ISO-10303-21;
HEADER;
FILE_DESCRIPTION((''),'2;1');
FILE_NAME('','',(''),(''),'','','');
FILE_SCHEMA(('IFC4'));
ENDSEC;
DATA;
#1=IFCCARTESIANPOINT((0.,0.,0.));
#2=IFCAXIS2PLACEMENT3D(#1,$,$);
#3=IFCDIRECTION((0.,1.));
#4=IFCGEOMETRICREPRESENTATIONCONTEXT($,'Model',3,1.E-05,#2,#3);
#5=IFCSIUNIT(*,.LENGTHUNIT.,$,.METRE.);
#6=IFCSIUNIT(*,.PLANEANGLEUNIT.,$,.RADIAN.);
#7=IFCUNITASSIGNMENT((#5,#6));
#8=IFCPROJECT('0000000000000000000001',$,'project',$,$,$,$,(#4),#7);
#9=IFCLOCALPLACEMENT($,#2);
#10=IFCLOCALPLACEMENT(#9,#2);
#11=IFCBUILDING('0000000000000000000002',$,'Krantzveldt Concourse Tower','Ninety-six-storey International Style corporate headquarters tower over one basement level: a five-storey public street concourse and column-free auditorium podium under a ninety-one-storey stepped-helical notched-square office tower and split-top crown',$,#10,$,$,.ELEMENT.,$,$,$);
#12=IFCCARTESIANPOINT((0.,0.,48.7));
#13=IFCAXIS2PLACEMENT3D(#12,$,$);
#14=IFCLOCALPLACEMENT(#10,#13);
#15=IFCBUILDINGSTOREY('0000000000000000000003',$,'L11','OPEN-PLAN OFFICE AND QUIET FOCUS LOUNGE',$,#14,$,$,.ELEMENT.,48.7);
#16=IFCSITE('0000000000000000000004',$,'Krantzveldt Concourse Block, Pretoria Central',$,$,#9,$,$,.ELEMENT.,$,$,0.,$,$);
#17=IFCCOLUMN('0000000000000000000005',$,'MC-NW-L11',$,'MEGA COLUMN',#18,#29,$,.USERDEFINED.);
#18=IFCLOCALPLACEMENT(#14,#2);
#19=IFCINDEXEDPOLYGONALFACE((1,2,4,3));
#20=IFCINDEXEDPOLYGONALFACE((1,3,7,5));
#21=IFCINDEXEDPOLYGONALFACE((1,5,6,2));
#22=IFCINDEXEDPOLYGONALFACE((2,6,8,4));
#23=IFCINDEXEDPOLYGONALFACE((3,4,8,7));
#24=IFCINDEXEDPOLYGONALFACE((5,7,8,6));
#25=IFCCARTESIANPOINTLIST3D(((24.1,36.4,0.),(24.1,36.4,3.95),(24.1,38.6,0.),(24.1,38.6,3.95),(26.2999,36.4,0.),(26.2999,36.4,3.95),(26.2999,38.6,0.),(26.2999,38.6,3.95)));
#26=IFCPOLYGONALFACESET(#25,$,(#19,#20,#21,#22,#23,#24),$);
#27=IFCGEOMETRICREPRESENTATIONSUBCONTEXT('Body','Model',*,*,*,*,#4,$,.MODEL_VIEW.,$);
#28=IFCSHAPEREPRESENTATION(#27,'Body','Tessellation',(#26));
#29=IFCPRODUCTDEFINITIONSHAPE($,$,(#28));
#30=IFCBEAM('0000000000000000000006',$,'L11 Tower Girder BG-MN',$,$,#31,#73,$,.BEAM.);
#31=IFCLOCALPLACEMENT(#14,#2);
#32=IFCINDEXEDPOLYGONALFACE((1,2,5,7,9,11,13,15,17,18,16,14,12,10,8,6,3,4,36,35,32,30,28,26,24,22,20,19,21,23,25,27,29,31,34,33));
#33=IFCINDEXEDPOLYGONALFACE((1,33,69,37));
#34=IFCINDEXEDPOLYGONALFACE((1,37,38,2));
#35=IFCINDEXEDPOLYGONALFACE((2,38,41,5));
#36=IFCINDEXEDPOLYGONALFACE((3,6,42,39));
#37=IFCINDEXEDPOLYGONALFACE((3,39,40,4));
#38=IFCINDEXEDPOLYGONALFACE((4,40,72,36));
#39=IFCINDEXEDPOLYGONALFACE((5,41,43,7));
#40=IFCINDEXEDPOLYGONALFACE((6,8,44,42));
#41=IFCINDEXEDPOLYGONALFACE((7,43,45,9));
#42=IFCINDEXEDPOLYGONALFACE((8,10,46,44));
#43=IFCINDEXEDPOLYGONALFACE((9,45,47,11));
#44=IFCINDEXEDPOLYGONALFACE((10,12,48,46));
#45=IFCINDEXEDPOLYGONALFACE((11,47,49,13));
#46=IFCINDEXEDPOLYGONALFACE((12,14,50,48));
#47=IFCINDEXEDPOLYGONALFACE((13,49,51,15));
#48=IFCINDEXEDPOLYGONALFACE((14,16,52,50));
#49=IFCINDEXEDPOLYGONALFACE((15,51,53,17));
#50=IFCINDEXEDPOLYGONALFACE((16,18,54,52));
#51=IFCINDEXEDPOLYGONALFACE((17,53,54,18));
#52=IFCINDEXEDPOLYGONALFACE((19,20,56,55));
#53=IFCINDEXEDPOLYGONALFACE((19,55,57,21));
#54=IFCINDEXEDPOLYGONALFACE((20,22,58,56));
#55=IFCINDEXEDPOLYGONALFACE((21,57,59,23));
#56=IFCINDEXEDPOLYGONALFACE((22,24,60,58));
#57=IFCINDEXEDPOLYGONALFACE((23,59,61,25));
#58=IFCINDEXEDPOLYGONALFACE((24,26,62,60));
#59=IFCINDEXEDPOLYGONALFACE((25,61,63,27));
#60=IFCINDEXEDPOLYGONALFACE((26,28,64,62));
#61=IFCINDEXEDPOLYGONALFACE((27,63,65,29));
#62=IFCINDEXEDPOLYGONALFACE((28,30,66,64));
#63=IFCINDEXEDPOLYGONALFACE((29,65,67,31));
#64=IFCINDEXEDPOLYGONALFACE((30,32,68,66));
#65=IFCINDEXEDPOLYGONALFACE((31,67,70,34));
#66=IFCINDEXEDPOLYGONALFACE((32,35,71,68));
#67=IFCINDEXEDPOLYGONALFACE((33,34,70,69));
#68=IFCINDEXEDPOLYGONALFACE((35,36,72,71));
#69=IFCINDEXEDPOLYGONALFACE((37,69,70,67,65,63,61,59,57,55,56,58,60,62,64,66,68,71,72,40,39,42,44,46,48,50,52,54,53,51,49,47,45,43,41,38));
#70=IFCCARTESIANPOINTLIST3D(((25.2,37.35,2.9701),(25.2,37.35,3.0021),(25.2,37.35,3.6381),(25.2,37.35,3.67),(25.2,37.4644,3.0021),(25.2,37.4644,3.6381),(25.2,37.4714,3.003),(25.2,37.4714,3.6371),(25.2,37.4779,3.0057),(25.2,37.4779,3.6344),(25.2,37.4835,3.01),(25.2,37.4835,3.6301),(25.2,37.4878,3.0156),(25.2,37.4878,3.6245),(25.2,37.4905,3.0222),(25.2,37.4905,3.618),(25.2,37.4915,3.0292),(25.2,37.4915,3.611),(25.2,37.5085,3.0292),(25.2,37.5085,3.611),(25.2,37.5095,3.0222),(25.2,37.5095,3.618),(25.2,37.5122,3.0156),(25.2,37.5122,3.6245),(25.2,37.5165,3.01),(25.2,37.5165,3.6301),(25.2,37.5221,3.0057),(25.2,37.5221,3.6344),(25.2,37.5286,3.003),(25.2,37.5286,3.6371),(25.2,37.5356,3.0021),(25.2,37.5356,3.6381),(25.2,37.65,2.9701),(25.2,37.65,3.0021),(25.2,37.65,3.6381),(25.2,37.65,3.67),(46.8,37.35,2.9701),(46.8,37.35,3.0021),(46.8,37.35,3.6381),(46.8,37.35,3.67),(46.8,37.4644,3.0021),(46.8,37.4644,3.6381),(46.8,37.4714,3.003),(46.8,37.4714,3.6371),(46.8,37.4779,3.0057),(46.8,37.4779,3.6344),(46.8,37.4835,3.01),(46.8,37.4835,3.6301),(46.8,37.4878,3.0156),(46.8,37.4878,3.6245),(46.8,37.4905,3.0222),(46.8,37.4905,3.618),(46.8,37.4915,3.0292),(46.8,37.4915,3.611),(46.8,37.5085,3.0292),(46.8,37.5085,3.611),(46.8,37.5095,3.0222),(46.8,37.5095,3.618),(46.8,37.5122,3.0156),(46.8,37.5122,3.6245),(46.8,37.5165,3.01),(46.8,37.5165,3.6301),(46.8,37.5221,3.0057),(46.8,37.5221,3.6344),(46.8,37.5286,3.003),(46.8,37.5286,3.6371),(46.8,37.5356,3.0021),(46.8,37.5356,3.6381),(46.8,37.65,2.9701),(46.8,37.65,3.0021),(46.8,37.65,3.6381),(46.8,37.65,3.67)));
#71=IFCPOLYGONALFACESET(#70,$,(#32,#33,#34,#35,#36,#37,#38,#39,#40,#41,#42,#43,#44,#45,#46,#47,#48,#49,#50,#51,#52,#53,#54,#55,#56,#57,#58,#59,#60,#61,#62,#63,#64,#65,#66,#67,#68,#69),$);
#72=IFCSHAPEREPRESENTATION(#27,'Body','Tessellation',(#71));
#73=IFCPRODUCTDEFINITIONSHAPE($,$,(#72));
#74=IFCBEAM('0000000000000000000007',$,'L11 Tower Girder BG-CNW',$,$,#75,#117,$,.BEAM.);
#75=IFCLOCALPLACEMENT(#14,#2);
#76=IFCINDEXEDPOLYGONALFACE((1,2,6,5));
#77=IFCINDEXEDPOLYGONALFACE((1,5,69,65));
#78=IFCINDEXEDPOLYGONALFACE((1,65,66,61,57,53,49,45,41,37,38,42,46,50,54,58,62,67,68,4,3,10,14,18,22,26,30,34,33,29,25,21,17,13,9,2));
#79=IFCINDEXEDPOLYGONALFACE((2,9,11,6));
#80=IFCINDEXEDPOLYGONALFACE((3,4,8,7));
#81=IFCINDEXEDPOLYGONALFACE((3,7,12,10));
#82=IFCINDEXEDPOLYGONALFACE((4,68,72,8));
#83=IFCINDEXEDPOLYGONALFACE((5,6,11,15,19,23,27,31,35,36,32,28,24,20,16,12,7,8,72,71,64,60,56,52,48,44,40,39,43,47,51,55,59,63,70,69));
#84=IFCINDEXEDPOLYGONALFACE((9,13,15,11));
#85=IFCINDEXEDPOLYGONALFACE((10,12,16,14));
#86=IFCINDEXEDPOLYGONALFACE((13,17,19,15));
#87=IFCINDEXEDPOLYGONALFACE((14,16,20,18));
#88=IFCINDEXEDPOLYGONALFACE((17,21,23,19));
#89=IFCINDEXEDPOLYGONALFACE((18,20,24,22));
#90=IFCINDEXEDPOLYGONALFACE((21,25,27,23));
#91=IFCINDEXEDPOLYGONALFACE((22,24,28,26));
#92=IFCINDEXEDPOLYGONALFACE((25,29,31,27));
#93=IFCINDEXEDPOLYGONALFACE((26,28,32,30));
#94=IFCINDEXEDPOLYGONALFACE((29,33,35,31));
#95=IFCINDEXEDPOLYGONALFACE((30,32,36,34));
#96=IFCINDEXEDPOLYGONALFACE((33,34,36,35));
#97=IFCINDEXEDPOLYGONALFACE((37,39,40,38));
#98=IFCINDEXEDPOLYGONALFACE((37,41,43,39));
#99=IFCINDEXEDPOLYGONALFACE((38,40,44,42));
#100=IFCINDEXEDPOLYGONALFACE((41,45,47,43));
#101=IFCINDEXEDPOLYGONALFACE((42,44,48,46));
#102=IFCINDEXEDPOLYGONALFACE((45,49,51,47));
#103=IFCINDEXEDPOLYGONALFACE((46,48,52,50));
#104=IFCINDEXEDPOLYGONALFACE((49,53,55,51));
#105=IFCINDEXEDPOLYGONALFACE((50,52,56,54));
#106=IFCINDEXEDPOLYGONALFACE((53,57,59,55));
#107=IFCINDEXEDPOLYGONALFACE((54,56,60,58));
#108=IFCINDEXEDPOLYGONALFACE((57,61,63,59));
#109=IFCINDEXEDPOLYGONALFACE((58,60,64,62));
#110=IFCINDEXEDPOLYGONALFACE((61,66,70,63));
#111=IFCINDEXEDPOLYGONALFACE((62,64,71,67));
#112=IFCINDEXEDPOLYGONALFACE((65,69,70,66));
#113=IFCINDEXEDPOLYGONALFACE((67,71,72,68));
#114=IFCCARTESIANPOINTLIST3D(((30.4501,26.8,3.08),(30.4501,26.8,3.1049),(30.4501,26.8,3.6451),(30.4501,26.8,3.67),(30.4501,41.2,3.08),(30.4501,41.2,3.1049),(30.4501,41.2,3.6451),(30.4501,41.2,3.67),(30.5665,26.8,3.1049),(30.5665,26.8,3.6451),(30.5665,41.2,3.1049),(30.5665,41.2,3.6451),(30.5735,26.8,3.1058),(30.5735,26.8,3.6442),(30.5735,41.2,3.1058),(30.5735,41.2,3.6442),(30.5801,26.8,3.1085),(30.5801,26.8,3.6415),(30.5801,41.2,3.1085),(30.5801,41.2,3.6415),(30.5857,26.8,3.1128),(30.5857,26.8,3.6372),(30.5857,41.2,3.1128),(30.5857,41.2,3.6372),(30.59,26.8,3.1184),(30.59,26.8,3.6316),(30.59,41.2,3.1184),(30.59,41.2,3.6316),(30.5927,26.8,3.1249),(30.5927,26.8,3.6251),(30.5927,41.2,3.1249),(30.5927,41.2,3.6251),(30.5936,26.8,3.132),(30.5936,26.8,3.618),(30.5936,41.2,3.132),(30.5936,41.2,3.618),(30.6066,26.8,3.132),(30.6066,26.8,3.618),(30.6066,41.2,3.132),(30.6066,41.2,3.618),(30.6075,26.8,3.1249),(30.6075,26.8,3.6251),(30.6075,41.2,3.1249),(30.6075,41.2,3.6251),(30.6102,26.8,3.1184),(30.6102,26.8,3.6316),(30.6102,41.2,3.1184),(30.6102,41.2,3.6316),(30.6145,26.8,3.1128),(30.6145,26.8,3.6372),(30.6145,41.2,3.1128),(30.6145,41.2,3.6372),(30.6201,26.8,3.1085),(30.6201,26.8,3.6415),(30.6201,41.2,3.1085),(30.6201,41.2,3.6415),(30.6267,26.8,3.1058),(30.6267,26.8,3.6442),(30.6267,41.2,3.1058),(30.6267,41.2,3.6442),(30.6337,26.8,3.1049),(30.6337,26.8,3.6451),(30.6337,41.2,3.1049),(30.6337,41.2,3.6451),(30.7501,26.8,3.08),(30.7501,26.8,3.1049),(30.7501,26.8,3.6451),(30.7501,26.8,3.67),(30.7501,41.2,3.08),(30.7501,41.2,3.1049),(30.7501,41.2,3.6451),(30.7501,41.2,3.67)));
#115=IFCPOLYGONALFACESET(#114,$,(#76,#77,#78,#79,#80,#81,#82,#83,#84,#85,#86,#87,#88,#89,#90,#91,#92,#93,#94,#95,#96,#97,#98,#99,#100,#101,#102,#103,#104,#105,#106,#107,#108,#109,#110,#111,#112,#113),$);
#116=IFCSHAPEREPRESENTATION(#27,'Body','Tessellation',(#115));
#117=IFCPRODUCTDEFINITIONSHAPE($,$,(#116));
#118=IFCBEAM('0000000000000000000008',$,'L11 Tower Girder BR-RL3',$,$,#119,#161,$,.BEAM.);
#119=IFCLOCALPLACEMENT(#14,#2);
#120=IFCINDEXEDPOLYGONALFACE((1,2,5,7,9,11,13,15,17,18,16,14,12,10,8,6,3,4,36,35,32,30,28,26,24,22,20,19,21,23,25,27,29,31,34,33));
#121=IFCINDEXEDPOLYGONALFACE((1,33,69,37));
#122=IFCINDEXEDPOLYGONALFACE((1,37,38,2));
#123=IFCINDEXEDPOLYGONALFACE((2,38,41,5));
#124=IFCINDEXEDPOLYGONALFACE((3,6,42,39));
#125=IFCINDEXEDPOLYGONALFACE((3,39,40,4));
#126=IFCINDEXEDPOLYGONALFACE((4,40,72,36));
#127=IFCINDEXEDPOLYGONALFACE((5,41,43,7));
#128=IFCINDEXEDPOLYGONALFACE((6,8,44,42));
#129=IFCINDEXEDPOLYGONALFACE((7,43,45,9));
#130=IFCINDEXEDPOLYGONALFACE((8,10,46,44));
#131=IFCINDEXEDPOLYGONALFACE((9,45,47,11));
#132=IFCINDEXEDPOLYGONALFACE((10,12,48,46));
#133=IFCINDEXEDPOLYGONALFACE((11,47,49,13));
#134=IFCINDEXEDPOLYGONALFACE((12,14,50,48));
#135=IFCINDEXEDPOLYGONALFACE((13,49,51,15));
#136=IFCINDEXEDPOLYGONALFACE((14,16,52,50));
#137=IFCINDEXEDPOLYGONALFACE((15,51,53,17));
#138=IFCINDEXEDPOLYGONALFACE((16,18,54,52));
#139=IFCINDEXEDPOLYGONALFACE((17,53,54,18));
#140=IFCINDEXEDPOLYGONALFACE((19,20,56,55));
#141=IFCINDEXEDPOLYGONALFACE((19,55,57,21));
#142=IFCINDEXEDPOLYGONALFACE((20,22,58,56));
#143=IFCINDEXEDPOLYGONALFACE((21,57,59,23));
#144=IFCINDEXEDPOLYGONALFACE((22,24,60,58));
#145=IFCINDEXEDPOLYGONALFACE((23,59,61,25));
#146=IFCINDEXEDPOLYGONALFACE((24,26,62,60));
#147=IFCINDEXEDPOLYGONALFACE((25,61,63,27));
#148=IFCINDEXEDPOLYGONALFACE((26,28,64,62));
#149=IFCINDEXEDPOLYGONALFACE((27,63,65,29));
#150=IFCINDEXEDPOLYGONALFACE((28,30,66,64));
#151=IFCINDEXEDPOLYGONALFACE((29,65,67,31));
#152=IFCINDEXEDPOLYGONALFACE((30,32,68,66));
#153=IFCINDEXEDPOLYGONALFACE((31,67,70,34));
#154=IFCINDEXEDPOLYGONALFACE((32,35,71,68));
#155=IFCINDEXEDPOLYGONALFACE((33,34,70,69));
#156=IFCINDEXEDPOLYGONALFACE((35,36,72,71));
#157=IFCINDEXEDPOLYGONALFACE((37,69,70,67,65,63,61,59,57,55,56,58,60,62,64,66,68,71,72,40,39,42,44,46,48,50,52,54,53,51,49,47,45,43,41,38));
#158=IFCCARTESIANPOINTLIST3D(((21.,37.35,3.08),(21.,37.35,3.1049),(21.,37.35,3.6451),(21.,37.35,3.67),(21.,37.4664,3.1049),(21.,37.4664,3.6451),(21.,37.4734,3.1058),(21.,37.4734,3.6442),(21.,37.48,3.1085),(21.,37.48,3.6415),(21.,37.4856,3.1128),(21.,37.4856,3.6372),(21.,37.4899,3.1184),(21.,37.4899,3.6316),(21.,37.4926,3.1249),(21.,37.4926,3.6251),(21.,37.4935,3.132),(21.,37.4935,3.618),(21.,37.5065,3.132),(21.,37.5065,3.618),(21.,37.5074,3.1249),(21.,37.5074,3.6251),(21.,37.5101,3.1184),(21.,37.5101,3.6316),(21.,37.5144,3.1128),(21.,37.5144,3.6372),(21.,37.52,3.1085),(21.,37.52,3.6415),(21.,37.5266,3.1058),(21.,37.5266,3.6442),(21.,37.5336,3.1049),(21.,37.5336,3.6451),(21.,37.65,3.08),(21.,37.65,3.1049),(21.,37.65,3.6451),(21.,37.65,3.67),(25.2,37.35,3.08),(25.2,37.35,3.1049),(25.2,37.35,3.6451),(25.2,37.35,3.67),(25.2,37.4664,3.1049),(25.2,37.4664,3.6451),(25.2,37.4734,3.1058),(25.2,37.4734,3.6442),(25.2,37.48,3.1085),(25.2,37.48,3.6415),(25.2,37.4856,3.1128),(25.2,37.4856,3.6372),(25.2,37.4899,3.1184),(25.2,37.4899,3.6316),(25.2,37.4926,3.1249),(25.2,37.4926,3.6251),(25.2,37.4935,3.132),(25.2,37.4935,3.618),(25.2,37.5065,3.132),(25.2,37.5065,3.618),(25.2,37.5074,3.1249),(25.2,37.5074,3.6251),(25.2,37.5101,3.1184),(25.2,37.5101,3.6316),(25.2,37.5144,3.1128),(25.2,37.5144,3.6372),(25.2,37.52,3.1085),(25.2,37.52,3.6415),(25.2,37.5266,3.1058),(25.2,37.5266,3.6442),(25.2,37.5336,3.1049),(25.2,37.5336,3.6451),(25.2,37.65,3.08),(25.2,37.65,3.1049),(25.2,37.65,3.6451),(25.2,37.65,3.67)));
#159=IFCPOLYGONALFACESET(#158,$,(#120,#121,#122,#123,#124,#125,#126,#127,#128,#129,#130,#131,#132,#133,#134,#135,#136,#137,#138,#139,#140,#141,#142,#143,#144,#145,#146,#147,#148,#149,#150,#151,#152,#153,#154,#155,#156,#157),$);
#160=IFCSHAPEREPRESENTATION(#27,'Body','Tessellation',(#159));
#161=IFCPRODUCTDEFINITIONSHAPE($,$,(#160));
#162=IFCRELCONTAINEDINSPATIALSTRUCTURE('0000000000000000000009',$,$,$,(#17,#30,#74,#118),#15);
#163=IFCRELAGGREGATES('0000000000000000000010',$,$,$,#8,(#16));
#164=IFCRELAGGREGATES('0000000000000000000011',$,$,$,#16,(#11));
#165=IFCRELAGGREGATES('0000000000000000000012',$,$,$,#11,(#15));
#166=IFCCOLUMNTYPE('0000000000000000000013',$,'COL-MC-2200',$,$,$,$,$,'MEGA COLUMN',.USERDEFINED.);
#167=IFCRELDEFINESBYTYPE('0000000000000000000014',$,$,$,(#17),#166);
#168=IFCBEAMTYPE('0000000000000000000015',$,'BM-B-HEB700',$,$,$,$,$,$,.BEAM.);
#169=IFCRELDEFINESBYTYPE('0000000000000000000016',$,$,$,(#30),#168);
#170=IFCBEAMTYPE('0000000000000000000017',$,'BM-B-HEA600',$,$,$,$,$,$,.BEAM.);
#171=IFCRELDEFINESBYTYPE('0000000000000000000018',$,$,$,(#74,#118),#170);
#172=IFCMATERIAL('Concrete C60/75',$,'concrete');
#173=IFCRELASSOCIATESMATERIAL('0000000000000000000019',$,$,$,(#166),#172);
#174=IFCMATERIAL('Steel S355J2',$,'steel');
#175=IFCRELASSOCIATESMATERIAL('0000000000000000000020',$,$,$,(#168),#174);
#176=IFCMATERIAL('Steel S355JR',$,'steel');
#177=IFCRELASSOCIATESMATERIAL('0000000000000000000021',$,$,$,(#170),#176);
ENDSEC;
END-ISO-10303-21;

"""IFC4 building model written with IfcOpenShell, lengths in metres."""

from ifc_helpers import new_model, si_unit, direction, frame, origin, origin_2d, place, context, subcontext, project, spatial, rectangle, i_section, extrude, source, transform, mapped, material, material_profile, profile_set, type_object, type_shapes, element, save


model = new_model("IFC4")

# Units and contexts
model_context = context("Model", 3, precision=1e-05, world=origin(), true_north=direction((0.0, 1.0)))
body_context = subcontext(model_context, "Body", "Model", "MODEL_VIEW")
ifc_project = project(units=[si_unit("LENGTHUNIT", "METRE"), si_unit("PLANEANGLEUNIT", "RADIAN")], contexts=[model_context])

# Site, building, storey
site_placement = place(None, origin())
site = spatial("IfcSite", under=ifc_project, at=site_placement, Name="Krantzveldt Concourse Block, Pretoria Central", CompositionType="ELEMENT", RefElevation=0.0)
building_placement = place(site_placement, origin())
building = spatial("IfcBuilding", under=site, at=building_placement, Name="Krantzveldt Concourse Tower", Description="Ninety-six-storey International Style corporate headquarters tower over one basement level: a five-storey public street concourse and column-free auditorium podium under a ninety-one-storey stepped-helical notched-square office tower and split-top crown", CompositionType="ELEMENT")
storey_placement = place(building_placement, frame((0.0, 0.0, 48.7)))
storey = spatial("IfcBuildingStorey", under=building, at=storey_placement, Name="L11", Description="OPEN-PLAN OFFICE AND QUIET FOCUS LOUNGE", CompositionType="ELEMENT", Elevation=48.7)

# Column
ifc_material_1 = material(Name="Concrete C60/75", Category="concrete")
ifc_material_profile_1 = material_profile(ifc_material_1, rectangle(XDim=2.2, YDim=2.2, at=origin_2d()), Name="Concrete C60/75", Category="concrete")
ifc_profile_set_1 = profile_set([ifc_material_profile_1], Name="Concrete C60/75 - RC 2200x2200")
column_type = type_object("IfcColumnType", Name="COL-MC-2200", ElementType="MEGA COLUMN", PredefinedType="USERDEFINED", material=ifc_profile_set_1)
shared_shape_1 = source(origin(), body_context, "Body", "SweptSolid", [
    extrude(rectangle(XDim=2.2, YDim=2.2, at=origin_2d()), origin(), (0.0, 0.0, 1.0), 3.95),
])
type_shapes(column_type, [shared_shape_1])
column_placement = place(storey_placement, frame((25.2, 37.5, 0.0), z_axis=(0.0, 0.0, 1.0), x_axis=(1.0, 0.0, 0.0)))
element("IfcColumn", 1, at=column_placement, inside=storey, type_object=column_type, Name="MC-NW-L11", ObjectType="MEGA COLUMN", PredefinedType="USERDEFINED", context=body_context, shape_type="MappedRepresentation", body=[
    mapped(shared_shape_1, transform((0.0, 0.0, 0.0), x_axis=(1.0, 0.0, 0.0), y_axis=(0.0, 1.0, 0.0), z_axis=(0.0, 0.0, 1.0), scale=1.0)),
])

# Beams
ifc_material_2 = material(Name="Steel S355J2", Category="steel")
ifc_material_profile_2 = material_profile(ifc_material_2, i_section(OverallWidth=0.3, OverallDepth=0.7, WebThickness=0.0171, FlangeThickness=0.032, FilletRadius=0.0271, at=origin_2d()), Name="Steel S355J2", Category="steel")
ifc_profile_set_2 = profile_set([ifc_material_profile_2], Name="Steel S355J2 - HEB 700")
beam_type_1 = type_object("IfcBeamType", Name="BM-B-HEB700", PredefinedType="BEAM", material=ifc_profile_set_2)
shared_shape_2 = source(origin(), body_context, "Body", "SweptSolid", [
    extrude(i_section(OverallWidth=0.3, OverallDepth=0.7, WebThickness=0.0171, FlangeThickness=0.032, FilletRadius=0.0271, at=origin_2d()), origin(), (0.0, 0.0, 1.0), 21.6001),
])
type_shapes(beam_type_1, [shared_shape_2])
beam_1_placement = place(storey_placement, frame((25.2, 37.5, 3.3201), z_axis=(1.0, 0.0, 0.0), x_axis=(0.0, 1.0, 0.0)))
element("IfcBeam", 2, at=beam_1_placement, inside=storey, type_object=beam_type_1, Name="L11 Tower Girder BG-MN", PredefinedType="BEAM", context=body_context, shape_type="MappedRepresentation", body=[
    mapped(shared_shape_2, transform((0.0, 0.0, 0.0), x_axis=(1.0, 0.0, 0.0), y_axis=(0.0, 1.0, 0.0), z_axis=(0.0, 0.0, 1.0), scale=1.0)),
])
ifc_material_3 = material(Name="Steel S355JR", Category="steel")
ifc_material_profile_3 = material_profile(ifc_material_3, i_section(OverallWidth=0.3, OverallDepth=0.5901, WebThickness=0.0129, FlangeThickness=0.0249, FilletRadius=0.0271, at=origin_2d()), Name="Steel S355JR", Category="steel")
ifc_profile_set_3 = profile_set([ifc_material_profile_3], Name="Steel S355JR - HEA 600")
beam_type_2 = type_object("IfcBeamType", Name="BM-B-HEA600", PredefinedType="BEAM", material=ifc_profile_set_3)
shared_shape_3 = source(origin(), body_context, "Body", "SweptSolid", [
    extrude(i_section(OverallWidth=0.3, OverallDepth=0.5901, WebThickness=0.0129, FlangeThickness=0.0249, FilletRadius=0.0271, at=origin_2d()), origin(), (0.0, 0.0, 1.0), 14.3999),
])
beam_2_placement = place(storey_placement, frame((30.6001, 26.8, 3.375), z_axis=(0.0, 1.0, 0.0), x_axis=(-1.0, 0.0, 0.0)))
element("IfcBeam", 3, at=beam_2_placement, inside=storey, type_object=beam_type_2, Name="L11 Tower Girder BG-CNW", PredefinedType="BEAM", context=body_context, shape_type="MappedRepresentation", body=[
    mapped(shared_shape_3, transform((0.0, 0.0, 0.0), x_axis=(1.0, 0.0, 0.0), y_axis=(0.0, 1.0, 0.0), z_axis=(0.0, 0.0, 1.0), scale=1.0)),
])
shared_shape_4 = source(origin(), body_context, "Body", "SweptSolid", [
    extrude(i_section(OverallWidth=0.3, OverallDepth=0.5901, WebThickness=0.0129, FlangeThickness=0.0249, FilletRadius=0.0271, at=origin_2d()), origin(), (0.0, 0.0, 1.0), 4.2),
])
type_shapes(beam_type_2, [shared_shape_3, shared_shape_4])
beam_3_placement = place(storey_placement, frame((21.0, 37.5, 3.375), z_axis=(1.0, 0.0, 0.0), x_axis=(0.0, 1.0, 0.0)))
element("IfcBeam", 4, at=beam_3_placement, inside=storey, type_object=beam_type_2, Name="L11 Tower Girder BR-RL3", PredefinedType="BEAM", context=body_context, shape_type="MappedRepresentation", body=[
    mapped(shared_shape_4, transform((0.0, 0.0, 0.0), x_axis=(1.0, 0.0, 0.0), y_axis=(0.0, 1.0, 0.0), z_axis=(0.0, 0.0, 1.0), scale=1.0)),
])

save(model, "model.ifc")
